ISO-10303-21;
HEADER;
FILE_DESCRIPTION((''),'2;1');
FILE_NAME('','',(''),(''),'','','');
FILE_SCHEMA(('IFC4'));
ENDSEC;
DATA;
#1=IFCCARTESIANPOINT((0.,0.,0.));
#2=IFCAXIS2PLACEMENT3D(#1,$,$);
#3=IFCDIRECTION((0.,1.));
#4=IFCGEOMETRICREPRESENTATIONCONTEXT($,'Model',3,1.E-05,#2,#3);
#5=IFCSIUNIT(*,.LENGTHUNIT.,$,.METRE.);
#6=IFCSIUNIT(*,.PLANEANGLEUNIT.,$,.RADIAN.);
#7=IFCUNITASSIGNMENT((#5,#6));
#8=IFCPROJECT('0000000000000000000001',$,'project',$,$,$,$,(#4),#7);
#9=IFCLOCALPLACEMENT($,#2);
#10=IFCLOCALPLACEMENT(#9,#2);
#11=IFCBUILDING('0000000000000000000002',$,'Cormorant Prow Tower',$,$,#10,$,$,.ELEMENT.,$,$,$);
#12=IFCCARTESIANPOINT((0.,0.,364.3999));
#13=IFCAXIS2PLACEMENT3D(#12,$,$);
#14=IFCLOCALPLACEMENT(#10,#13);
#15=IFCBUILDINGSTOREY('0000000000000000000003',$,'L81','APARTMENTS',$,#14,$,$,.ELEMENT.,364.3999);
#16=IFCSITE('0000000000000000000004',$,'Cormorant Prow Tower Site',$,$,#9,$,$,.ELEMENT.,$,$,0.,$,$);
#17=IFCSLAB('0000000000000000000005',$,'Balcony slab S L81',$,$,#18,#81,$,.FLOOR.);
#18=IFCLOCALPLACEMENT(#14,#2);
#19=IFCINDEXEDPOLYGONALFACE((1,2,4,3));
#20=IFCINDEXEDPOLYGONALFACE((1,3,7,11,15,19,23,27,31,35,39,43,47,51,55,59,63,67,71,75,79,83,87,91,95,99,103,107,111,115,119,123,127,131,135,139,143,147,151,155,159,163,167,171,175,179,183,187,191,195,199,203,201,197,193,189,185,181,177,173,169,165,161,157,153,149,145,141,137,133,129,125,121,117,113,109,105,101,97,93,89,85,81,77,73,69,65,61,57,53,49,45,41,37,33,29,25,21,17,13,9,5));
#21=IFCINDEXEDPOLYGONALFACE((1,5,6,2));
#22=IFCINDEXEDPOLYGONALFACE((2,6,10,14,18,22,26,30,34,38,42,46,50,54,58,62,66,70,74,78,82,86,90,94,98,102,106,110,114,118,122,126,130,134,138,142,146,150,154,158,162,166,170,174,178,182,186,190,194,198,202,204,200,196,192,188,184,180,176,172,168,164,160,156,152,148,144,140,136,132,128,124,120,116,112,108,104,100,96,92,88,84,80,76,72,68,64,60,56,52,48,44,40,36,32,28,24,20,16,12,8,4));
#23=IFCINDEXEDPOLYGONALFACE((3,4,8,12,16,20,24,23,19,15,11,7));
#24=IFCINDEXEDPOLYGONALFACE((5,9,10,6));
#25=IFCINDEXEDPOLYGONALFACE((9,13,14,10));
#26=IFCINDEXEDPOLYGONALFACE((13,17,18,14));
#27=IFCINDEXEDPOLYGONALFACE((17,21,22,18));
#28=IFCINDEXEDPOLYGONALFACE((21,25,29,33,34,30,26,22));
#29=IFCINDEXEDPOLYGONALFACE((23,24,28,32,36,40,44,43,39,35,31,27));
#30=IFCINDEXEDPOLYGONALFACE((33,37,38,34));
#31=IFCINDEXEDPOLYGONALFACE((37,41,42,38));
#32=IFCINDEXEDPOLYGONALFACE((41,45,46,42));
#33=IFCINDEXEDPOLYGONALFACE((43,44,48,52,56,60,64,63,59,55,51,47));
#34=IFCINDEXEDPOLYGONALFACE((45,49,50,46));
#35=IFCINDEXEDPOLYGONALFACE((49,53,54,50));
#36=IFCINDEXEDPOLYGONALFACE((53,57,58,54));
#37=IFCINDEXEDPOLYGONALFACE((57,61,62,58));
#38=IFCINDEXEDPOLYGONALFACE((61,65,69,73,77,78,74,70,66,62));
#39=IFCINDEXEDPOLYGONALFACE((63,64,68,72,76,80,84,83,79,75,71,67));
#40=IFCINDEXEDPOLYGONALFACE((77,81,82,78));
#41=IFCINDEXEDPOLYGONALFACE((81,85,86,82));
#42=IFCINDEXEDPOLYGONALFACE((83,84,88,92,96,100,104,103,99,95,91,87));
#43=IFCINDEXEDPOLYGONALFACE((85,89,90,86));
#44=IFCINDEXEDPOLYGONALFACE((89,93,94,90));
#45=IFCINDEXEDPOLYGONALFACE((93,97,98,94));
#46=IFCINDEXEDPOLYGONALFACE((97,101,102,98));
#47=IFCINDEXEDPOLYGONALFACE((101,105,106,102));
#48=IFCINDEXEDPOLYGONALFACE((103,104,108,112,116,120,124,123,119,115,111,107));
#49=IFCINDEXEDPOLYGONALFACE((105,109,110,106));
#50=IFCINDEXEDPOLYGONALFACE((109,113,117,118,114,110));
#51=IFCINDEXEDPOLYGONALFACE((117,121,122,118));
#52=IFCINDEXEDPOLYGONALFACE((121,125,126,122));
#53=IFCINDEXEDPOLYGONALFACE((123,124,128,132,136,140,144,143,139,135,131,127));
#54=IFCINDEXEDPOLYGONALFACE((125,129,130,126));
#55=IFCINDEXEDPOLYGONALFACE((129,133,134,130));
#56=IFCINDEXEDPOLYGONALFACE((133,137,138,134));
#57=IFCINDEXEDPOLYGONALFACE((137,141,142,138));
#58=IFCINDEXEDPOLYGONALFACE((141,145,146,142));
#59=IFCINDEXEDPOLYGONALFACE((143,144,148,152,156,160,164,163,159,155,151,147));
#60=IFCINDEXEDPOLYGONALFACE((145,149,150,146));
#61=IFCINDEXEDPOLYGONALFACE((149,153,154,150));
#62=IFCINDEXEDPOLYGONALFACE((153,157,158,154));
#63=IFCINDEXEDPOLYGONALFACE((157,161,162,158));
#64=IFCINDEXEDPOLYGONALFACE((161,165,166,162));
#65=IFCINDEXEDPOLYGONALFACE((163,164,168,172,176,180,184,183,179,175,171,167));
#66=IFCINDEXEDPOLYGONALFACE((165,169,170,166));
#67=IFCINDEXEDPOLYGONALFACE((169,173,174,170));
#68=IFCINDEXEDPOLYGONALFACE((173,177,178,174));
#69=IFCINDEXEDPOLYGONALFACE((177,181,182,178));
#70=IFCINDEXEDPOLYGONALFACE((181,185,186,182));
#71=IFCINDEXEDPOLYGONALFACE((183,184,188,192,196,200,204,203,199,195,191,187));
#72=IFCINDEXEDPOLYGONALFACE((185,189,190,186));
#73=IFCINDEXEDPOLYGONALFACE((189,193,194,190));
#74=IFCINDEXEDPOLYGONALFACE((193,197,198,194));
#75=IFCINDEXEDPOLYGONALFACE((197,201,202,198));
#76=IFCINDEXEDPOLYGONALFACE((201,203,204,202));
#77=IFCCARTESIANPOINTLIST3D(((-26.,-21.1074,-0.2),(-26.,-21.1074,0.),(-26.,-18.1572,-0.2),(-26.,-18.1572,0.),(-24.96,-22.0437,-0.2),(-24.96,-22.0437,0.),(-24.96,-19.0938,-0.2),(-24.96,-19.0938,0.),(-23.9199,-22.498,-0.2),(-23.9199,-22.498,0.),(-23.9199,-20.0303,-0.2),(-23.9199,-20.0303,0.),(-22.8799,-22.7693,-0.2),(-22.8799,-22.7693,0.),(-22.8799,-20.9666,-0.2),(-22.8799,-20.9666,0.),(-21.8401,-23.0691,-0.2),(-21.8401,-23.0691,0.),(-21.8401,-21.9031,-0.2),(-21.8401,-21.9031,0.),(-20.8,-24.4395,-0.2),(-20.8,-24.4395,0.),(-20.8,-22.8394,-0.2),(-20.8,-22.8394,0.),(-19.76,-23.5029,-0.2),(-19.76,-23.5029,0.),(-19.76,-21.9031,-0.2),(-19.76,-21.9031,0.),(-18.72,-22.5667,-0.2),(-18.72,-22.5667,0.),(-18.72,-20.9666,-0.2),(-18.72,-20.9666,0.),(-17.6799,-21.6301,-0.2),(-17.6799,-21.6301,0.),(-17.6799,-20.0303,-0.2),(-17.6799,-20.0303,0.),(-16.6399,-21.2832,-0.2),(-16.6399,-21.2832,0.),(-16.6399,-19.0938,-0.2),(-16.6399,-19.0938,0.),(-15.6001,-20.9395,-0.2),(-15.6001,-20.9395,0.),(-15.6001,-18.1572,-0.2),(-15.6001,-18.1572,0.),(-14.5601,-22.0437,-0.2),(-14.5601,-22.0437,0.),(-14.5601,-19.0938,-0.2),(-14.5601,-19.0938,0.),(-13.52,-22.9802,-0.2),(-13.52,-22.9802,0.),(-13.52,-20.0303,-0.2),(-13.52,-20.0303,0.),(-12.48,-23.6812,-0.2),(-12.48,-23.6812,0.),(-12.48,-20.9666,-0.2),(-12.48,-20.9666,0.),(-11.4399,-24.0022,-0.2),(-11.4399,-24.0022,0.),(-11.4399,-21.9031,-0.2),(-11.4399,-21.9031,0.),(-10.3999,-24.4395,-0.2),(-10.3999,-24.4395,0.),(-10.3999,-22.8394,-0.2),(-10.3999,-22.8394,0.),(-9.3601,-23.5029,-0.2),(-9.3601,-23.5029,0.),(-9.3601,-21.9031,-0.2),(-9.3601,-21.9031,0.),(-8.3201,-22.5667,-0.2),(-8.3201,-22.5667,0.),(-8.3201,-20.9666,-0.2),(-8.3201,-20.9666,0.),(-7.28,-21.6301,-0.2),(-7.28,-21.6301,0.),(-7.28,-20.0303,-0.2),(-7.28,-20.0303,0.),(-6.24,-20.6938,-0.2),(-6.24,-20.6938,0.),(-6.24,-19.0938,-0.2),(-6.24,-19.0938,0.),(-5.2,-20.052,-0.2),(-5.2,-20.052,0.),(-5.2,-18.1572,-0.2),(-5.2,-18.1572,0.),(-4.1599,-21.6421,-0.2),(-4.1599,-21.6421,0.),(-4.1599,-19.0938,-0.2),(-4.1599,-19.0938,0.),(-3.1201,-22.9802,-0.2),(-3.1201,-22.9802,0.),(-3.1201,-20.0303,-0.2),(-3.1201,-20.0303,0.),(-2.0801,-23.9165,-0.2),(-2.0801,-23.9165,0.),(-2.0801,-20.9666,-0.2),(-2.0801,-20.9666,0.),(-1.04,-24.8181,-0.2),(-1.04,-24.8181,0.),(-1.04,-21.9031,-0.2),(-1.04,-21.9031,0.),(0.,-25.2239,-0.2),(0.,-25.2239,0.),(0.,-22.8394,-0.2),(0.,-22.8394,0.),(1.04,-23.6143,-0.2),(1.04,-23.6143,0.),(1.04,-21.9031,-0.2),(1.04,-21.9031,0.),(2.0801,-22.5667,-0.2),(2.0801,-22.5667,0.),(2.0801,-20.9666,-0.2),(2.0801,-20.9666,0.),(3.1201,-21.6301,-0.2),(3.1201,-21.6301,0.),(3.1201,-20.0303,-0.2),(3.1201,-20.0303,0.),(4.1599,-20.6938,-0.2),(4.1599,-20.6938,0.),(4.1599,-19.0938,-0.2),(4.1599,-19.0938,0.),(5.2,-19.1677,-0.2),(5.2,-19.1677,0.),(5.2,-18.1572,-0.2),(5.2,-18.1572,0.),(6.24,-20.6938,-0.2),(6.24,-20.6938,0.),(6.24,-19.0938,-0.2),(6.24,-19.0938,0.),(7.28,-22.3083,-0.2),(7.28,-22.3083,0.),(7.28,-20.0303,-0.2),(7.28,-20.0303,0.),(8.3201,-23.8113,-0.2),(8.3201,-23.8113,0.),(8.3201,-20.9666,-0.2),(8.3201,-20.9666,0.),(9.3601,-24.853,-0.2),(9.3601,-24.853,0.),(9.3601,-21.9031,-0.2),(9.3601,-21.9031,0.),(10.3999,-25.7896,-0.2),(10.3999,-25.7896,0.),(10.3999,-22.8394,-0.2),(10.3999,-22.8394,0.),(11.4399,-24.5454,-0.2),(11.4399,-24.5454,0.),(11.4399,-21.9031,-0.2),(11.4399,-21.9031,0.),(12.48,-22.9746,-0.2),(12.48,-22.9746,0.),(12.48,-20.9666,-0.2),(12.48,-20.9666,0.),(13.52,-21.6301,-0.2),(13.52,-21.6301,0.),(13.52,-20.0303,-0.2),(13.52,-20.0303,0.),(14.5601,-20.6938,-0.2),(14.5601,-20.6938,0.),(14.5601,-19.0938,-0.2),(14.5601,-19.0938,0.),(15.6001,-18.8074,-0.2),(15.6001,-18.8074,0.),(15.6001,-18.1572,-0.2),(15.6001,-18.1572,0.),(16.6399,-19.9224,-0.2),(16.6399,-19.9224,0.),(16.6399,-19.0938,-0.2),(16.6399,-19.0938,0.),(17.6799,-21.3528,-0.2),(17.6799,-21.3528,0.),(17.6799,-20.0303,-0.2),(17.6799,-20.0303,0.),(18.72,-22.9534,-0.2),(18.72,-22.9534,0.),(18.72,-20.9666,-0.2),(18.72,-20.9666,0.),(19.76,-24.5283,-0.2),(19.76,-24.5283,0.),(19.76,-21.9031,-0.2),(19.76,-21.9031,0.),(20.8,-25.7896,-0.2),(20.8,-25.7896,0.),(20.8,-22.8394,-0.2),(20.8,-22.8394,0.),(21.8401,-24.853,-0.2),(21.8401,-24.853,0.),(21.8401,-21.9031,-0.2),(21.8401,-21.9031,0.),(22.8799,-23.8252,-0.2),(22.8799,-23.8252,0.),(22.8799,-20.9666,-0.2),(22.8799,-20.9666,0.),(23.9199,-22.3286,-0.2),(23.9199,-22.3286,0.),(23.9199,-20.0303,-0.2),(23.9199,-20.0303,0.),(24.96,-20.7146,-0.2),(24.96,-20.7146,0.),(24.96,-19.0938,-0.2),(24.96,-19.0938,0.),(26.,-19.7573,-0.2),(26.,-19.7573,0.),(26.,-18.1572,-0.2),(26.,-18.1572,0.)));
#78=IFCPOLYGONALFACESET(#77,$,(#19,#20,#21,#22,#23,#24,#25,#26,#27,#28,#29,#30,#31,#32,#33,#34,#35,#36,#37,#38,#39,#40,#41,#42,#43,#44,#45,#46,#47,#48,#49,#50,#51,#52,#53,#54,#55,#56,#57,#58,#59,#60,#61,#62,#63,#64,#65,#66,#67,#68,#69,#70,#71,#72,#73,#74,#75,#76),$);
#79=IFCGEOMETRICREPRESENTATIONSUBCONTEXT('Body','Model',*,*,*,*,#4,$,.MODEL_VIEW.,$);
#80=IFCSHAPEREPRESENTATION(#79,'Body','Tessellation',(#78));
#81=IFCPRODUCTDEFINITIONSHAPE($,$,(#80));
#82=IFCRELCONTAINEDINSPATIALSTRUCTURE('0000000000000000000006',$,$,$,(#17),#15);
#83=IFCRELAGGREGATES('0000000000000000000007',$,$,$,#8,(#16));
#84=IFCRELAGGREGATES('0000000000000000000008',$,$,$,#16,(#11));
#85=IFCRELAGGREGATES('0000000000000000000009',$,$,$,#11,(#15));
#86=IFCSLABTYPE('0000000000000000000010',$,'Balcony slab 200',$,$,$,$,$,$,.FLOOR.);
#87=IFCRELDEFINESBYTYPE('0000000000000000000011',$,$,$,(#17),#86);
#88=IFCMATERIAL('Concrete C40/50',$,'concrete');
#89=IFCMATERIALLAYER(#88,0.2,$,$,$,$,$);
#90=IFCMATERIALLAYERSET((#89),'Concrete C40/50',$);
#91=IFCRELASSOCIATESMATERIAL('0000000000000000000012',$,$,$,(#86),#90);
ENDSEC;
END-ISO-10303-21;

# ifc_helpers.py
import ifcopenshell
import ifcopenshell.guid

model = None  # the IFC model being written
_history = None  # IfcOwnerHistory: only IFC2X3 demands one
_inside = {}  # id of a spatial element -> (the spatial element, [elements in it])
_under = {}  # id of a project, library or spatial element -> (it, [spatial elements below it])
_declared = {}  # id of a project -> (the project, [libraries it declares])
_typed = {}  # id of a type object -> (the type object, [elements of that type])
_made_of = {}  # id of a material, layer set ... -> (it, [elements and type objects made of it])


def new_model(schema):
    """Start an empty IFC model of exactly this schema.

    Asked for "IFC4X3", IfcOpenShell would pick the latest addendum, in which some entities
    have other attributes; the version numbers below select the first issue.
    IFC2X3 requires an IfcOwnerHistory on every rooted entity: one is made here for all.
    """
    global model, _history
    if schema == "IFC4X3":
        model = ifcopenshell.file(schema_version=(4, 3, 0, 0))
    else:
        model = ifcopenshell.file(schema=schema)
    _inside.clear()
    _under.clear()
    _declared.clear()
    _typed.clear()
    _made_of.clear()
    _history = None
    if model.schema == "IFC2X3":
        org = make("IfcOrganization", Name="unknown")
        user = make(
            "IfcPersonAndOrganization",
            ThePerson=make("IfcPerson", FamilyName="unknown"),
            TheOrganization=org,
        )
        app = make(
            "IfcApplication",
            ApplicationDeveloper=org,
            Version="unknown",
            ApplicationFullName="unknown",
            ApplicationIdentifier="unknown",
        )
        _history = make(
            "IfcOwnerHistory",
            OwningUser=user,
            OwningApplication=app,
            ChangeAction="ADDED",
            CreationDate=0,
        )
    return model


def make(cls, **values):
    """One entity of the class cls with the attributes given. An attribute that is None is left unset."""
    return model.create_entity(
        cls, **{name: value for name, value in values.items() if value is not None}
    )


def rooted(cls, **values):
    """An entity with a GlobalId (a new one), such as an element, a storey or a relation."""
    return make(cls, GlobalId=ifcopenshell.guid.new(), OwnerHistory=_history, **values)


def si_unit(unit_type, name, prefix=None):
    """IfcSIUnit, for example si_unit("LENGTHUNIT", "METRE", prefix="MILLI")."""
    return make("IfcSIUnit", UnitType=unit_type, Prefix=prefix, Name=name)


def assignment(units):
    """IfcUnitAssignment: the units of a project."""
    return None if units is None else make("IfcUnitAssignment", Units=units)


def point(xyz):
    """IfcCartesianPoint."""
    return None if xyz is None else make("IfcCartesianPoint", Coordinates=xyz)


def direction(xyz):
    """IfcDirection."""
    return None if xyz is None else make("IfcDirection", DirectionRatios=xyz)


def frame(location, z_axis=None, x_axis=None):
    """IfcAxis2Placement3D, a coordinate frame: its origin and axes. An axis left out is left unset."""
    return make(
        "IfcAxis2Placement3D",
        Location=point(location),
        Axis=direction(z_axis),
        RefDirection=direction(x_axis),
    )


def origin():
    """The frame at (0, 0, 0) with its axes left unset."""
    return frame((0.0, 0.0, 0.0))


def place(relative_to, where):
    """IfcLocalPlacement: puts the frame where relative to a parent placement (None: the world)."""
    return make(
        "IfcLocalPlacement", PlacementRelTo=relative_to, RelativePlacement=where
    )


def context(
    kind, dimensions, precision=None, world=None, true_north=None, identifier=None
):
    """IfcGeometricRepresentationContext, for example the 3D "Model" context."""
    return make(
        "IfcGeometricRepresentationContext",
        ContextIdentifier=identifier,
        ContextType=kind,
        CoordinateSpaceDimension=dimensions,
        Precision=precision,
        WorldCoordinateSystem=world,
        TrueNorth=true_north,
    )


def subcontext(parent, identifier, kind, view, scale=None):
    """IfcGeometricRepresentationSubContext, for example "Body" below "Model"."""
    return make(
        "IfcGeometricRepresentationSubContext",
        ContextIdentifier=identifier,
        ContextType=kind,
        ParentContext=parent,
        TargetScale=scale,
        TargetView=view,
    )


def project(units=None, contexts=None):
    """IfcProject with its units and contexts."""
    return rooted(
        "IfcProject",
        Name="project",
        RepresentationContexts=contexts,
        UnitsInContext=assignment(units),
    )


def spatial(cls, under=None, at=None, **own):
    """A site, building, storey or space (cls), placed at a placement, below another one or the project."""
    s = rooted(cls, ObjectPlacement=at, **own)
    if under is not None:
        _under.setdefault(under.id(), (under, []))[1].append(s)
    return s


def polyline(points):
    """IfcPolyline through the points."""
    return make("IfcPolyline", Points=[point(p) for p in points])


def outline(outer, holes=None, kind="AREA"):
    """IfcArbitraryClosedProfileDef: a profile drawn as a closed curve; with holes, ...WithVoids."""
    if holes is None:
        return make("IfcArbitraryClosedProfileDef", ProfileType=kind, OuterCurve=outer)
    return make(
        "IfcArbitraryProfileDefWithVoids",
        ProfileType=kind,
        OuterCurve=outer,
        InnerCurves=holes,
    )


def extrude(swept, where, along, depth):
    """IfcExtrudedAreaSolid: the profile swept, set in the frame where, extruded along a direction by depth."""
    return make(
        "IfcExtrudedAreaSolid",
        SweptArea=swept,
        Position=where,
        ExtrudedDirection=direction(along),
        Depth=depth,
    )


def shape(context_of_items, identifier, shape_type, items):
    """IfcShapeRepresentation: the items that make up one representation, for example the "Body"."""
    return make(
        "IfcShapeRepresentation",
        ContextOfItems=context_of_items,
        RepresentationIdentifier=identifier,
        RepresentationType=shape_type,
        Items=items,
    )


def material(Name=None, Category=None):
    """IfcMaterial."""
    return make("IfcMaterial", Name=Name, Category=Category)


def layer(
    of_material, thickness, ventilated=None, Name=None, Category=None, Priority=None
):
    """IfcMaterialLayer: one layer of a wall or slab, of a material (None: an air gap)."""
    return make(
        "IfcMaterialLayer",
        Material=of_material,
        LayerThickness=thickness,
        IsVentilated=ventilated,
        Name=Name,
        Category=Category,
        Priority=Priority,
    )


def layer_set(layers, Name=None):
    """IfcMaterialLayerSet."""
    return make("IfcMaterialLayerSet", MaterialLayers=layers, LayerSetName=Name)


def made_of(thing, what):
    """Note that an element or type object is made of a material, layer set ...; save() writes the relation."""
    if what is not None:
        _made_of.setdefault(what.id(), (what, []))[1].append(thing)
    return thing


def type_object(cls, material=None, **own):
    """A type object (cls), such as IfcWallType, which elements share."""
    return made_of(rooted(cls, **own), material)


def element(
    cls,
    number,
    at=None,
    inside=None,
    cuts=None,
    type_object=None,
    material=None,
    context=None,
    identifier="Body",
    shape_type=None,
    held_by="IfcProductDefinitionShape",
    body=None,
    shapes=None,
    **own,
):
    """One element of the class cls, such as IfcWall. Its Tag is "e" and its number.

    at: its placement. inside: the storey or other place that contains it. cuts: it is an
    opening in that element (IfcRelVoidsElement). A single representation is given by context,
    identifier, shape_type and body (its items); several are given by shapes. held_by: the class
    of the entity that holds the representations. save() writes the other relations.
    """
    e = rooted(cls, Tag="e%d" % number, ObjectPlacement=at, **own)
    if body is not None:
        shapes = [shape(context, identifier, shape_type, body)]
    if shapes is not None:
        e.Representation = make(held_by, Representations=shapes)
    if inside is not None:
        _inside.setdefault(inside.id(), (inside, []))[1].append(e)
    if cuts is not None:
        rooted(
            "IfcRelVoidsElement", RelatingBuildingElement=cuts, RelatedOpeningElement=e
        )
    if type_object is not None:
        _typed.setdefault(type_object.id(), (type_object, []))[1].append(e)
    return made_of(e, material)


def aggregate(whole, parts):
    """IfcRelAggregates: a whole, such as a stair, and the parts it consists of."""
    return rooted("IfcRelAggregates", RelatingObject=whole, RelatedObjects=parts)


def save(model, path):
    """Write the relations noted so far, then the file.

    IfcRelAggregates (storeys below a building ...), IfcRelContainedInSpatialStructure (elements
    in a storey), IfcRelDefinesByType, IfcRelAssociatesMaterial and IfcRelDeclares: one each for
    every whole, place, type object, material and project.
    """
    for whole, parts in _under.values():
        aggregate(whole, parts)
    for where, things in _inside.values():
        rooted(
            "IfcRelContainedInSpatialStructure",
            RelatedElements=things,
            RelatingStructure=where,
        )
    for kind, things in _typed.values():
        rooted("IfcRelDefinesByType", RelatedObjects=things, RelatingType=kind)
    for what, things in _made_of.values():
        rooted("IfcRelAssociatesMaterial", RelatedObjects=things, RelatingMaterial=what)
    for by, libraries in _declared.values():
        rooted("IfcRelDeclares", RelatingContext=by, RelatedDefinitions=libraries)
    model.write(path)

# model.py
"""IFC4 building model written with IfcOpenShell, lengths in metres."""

from ifc_helpers import new_model, si_unit, direction, frame, origin, place, context, subcontext, project, spatial, polyline, outline, extrude, material, layer, layer_set, type_object, element, save


model = new_model("IFC4")

# Units and contexts
model_context = context("Model", 3, precision=1e-05, world=origin(), true_north=direction((0.0, 1.0)))
body_context = subcontext(model_context, "Body", "Model", "MODEL_VIEW")
ifc_project = project(units=[si_unit("LENGTHUNIT", "METRE"), si_unit("PLANEANGLEUNIT", "RADIAN")], contexts=[model_context])

# Site, building, storey
site_placement = place(None, origin())
site = spatial("IfcSite", under=ifc_project, at=site_placement, Name="Cormorant Prow Tower Site", CompositionType="ELEMENT", RefElevation=0.0)
building_placement = place(site_placement, origin())
building = spatial("IfcBuilding", under=site, at=building_placement, Name="Cormorant Prow Tower", CompositionType="ELEMENT")
storey_placement = place(building_placement, frame((0.0, 0.0, 364.3999)))
storey = spatial("IfcBuildingStorey", under=building, at=storey_placement, Name="L81", Description="APARTMENTS", CompositionType="ELEMENT", Elevation=364.3999)

# Slab
ifc_material_1 = material(Name="Concrete C40/50", Category="concrete")
ifc_layer_1 = layer(ifc_material_1, 0.2)
ifc_layer_set_1 = layer_set([ifc_layer_1], Name="Concrete C40/50")
slab_type_1 = type_object("IfcSlabType", Name="Balcony slab 200", PredefinedType="FLOOR", material=ifc_layer_set_1)
slab_1_placement = place(storey_placement, frame((0.0, 0.0, -0.2)))
element("IfcSlab", 1, at=slab_1_placement, inside=storey, type_object=slab_type_1, Name="Balcony slab S L81", PredefinedType="FLOOR", context=body_context, shape_type="SweptSolid", body=[
    extrude(outline(polyline([(-26.0, -18.1572), (-26.0, -21.1074), (-24.96, -22.0437), (-23.9199, -22.498), (-22.8799, -22.7693), (-21.8401, -23.0691), (-20.8, -24.4395), (-19.76, -23.5029), (-18.72, -22.5667), (-17.6799, -21.6301), (-16.6399, -21.2832), (-15.6001, -20.9395), (-14.5601, -22.0437), (-13.52, -22.9802), (-12.48, -23.6812), (-11.4399, -24.0022), (-10.3999, -24.4395), (-9.3601, -23.5029), (-8.3201, -22.5667), (-7.28, -21.6301), (-6.24, -20.6938), (-5.2, -20.052), (-4.1599, -21.6421), (-3.1201, -22.9802), (-2.0801, -23.9165), (-1.04, -24.8181), (0.0, -25.2239), (1.04, -23.6143), (2.0801, -22.5667), (3.1201, -21.6301), (4.1599, -20.6938), (5.2, -19.1677), (6.24, -20.6938), (7.28, -22.3083), (8.3201, -23.8113), (9.3601, -24.853), (10.3999, -25.7896), (11.4399, -24.5454), (12.48, -22.9746), (13.52, -21.6301), (14.5601, -20.6938), (15.6001, -18.8074), (16.6399, -19.9224), (17.6799, -21.3528), (18.72, -22.9534), (19.76, -24.5283), (20.8, -25.7896), (21.8401, -24.853), (22.8799, -23.8252), (23.9199, -22.3286), (24.96, -20.7146), (26.0, -19.7573), (26.0, -18.1572), (24.96, -19.0938), (23.9199, -20.0303), (22.8799, -20.9666), (21.8401, -21.9031), (20.8, -22.8394), (19.76, -21.9031), (18.72, -20.9666), (17.6799, -20.0303), (16.6399, -19.0938), (15.6001, -18.1572), (14.5601, -19.0938), (13.52, -20.0303), (12.48, -20.9666), (11.4399, -21.9031), (10.3999, -22.8394), (9.3601, -21.9031), (8.3201, -20.9666), (7.28, -20.0303), (6.24, -19.0938), (5.2, -18.1572), (4.1599, -19.0938), (3.1201, -20.0303), (2.0801, -20.9666), (1.04, -21.9031), (0.0, -22.8394), (-1.04, -21.9031), (-2.0801, -20.9666), (-3.1201, -20.0303), (-4.1599, -19.0938), (-5.2, -18.1572), (-6.24, -19.0938), (-7.28, -20.0303), (-8.3201, -20.9666), (-9.3601, -21.9031), (-10.3999, -22.8394), (-11.4399, -21.9031), (-12.48, -20.9666), (-13.52, -20.0303), (-14.5601, -19.0938), (-15.6001, -18.1572), (-16.6399, -19.0938), (-17.6799, -20.0303), (-18.72, -20.9666), (-19.76, -21.9031), (-20.8, -22.8394), (-21.8401, -21.9031), (-22.8799, -20.9666), (-23.9199, -20.0303), (-24.96, -19.0938), (-26.0, -18.1572)])), origin(), (0.0, 0.0, 1.0), 0.2),
])

save(model, "model.ifc")
